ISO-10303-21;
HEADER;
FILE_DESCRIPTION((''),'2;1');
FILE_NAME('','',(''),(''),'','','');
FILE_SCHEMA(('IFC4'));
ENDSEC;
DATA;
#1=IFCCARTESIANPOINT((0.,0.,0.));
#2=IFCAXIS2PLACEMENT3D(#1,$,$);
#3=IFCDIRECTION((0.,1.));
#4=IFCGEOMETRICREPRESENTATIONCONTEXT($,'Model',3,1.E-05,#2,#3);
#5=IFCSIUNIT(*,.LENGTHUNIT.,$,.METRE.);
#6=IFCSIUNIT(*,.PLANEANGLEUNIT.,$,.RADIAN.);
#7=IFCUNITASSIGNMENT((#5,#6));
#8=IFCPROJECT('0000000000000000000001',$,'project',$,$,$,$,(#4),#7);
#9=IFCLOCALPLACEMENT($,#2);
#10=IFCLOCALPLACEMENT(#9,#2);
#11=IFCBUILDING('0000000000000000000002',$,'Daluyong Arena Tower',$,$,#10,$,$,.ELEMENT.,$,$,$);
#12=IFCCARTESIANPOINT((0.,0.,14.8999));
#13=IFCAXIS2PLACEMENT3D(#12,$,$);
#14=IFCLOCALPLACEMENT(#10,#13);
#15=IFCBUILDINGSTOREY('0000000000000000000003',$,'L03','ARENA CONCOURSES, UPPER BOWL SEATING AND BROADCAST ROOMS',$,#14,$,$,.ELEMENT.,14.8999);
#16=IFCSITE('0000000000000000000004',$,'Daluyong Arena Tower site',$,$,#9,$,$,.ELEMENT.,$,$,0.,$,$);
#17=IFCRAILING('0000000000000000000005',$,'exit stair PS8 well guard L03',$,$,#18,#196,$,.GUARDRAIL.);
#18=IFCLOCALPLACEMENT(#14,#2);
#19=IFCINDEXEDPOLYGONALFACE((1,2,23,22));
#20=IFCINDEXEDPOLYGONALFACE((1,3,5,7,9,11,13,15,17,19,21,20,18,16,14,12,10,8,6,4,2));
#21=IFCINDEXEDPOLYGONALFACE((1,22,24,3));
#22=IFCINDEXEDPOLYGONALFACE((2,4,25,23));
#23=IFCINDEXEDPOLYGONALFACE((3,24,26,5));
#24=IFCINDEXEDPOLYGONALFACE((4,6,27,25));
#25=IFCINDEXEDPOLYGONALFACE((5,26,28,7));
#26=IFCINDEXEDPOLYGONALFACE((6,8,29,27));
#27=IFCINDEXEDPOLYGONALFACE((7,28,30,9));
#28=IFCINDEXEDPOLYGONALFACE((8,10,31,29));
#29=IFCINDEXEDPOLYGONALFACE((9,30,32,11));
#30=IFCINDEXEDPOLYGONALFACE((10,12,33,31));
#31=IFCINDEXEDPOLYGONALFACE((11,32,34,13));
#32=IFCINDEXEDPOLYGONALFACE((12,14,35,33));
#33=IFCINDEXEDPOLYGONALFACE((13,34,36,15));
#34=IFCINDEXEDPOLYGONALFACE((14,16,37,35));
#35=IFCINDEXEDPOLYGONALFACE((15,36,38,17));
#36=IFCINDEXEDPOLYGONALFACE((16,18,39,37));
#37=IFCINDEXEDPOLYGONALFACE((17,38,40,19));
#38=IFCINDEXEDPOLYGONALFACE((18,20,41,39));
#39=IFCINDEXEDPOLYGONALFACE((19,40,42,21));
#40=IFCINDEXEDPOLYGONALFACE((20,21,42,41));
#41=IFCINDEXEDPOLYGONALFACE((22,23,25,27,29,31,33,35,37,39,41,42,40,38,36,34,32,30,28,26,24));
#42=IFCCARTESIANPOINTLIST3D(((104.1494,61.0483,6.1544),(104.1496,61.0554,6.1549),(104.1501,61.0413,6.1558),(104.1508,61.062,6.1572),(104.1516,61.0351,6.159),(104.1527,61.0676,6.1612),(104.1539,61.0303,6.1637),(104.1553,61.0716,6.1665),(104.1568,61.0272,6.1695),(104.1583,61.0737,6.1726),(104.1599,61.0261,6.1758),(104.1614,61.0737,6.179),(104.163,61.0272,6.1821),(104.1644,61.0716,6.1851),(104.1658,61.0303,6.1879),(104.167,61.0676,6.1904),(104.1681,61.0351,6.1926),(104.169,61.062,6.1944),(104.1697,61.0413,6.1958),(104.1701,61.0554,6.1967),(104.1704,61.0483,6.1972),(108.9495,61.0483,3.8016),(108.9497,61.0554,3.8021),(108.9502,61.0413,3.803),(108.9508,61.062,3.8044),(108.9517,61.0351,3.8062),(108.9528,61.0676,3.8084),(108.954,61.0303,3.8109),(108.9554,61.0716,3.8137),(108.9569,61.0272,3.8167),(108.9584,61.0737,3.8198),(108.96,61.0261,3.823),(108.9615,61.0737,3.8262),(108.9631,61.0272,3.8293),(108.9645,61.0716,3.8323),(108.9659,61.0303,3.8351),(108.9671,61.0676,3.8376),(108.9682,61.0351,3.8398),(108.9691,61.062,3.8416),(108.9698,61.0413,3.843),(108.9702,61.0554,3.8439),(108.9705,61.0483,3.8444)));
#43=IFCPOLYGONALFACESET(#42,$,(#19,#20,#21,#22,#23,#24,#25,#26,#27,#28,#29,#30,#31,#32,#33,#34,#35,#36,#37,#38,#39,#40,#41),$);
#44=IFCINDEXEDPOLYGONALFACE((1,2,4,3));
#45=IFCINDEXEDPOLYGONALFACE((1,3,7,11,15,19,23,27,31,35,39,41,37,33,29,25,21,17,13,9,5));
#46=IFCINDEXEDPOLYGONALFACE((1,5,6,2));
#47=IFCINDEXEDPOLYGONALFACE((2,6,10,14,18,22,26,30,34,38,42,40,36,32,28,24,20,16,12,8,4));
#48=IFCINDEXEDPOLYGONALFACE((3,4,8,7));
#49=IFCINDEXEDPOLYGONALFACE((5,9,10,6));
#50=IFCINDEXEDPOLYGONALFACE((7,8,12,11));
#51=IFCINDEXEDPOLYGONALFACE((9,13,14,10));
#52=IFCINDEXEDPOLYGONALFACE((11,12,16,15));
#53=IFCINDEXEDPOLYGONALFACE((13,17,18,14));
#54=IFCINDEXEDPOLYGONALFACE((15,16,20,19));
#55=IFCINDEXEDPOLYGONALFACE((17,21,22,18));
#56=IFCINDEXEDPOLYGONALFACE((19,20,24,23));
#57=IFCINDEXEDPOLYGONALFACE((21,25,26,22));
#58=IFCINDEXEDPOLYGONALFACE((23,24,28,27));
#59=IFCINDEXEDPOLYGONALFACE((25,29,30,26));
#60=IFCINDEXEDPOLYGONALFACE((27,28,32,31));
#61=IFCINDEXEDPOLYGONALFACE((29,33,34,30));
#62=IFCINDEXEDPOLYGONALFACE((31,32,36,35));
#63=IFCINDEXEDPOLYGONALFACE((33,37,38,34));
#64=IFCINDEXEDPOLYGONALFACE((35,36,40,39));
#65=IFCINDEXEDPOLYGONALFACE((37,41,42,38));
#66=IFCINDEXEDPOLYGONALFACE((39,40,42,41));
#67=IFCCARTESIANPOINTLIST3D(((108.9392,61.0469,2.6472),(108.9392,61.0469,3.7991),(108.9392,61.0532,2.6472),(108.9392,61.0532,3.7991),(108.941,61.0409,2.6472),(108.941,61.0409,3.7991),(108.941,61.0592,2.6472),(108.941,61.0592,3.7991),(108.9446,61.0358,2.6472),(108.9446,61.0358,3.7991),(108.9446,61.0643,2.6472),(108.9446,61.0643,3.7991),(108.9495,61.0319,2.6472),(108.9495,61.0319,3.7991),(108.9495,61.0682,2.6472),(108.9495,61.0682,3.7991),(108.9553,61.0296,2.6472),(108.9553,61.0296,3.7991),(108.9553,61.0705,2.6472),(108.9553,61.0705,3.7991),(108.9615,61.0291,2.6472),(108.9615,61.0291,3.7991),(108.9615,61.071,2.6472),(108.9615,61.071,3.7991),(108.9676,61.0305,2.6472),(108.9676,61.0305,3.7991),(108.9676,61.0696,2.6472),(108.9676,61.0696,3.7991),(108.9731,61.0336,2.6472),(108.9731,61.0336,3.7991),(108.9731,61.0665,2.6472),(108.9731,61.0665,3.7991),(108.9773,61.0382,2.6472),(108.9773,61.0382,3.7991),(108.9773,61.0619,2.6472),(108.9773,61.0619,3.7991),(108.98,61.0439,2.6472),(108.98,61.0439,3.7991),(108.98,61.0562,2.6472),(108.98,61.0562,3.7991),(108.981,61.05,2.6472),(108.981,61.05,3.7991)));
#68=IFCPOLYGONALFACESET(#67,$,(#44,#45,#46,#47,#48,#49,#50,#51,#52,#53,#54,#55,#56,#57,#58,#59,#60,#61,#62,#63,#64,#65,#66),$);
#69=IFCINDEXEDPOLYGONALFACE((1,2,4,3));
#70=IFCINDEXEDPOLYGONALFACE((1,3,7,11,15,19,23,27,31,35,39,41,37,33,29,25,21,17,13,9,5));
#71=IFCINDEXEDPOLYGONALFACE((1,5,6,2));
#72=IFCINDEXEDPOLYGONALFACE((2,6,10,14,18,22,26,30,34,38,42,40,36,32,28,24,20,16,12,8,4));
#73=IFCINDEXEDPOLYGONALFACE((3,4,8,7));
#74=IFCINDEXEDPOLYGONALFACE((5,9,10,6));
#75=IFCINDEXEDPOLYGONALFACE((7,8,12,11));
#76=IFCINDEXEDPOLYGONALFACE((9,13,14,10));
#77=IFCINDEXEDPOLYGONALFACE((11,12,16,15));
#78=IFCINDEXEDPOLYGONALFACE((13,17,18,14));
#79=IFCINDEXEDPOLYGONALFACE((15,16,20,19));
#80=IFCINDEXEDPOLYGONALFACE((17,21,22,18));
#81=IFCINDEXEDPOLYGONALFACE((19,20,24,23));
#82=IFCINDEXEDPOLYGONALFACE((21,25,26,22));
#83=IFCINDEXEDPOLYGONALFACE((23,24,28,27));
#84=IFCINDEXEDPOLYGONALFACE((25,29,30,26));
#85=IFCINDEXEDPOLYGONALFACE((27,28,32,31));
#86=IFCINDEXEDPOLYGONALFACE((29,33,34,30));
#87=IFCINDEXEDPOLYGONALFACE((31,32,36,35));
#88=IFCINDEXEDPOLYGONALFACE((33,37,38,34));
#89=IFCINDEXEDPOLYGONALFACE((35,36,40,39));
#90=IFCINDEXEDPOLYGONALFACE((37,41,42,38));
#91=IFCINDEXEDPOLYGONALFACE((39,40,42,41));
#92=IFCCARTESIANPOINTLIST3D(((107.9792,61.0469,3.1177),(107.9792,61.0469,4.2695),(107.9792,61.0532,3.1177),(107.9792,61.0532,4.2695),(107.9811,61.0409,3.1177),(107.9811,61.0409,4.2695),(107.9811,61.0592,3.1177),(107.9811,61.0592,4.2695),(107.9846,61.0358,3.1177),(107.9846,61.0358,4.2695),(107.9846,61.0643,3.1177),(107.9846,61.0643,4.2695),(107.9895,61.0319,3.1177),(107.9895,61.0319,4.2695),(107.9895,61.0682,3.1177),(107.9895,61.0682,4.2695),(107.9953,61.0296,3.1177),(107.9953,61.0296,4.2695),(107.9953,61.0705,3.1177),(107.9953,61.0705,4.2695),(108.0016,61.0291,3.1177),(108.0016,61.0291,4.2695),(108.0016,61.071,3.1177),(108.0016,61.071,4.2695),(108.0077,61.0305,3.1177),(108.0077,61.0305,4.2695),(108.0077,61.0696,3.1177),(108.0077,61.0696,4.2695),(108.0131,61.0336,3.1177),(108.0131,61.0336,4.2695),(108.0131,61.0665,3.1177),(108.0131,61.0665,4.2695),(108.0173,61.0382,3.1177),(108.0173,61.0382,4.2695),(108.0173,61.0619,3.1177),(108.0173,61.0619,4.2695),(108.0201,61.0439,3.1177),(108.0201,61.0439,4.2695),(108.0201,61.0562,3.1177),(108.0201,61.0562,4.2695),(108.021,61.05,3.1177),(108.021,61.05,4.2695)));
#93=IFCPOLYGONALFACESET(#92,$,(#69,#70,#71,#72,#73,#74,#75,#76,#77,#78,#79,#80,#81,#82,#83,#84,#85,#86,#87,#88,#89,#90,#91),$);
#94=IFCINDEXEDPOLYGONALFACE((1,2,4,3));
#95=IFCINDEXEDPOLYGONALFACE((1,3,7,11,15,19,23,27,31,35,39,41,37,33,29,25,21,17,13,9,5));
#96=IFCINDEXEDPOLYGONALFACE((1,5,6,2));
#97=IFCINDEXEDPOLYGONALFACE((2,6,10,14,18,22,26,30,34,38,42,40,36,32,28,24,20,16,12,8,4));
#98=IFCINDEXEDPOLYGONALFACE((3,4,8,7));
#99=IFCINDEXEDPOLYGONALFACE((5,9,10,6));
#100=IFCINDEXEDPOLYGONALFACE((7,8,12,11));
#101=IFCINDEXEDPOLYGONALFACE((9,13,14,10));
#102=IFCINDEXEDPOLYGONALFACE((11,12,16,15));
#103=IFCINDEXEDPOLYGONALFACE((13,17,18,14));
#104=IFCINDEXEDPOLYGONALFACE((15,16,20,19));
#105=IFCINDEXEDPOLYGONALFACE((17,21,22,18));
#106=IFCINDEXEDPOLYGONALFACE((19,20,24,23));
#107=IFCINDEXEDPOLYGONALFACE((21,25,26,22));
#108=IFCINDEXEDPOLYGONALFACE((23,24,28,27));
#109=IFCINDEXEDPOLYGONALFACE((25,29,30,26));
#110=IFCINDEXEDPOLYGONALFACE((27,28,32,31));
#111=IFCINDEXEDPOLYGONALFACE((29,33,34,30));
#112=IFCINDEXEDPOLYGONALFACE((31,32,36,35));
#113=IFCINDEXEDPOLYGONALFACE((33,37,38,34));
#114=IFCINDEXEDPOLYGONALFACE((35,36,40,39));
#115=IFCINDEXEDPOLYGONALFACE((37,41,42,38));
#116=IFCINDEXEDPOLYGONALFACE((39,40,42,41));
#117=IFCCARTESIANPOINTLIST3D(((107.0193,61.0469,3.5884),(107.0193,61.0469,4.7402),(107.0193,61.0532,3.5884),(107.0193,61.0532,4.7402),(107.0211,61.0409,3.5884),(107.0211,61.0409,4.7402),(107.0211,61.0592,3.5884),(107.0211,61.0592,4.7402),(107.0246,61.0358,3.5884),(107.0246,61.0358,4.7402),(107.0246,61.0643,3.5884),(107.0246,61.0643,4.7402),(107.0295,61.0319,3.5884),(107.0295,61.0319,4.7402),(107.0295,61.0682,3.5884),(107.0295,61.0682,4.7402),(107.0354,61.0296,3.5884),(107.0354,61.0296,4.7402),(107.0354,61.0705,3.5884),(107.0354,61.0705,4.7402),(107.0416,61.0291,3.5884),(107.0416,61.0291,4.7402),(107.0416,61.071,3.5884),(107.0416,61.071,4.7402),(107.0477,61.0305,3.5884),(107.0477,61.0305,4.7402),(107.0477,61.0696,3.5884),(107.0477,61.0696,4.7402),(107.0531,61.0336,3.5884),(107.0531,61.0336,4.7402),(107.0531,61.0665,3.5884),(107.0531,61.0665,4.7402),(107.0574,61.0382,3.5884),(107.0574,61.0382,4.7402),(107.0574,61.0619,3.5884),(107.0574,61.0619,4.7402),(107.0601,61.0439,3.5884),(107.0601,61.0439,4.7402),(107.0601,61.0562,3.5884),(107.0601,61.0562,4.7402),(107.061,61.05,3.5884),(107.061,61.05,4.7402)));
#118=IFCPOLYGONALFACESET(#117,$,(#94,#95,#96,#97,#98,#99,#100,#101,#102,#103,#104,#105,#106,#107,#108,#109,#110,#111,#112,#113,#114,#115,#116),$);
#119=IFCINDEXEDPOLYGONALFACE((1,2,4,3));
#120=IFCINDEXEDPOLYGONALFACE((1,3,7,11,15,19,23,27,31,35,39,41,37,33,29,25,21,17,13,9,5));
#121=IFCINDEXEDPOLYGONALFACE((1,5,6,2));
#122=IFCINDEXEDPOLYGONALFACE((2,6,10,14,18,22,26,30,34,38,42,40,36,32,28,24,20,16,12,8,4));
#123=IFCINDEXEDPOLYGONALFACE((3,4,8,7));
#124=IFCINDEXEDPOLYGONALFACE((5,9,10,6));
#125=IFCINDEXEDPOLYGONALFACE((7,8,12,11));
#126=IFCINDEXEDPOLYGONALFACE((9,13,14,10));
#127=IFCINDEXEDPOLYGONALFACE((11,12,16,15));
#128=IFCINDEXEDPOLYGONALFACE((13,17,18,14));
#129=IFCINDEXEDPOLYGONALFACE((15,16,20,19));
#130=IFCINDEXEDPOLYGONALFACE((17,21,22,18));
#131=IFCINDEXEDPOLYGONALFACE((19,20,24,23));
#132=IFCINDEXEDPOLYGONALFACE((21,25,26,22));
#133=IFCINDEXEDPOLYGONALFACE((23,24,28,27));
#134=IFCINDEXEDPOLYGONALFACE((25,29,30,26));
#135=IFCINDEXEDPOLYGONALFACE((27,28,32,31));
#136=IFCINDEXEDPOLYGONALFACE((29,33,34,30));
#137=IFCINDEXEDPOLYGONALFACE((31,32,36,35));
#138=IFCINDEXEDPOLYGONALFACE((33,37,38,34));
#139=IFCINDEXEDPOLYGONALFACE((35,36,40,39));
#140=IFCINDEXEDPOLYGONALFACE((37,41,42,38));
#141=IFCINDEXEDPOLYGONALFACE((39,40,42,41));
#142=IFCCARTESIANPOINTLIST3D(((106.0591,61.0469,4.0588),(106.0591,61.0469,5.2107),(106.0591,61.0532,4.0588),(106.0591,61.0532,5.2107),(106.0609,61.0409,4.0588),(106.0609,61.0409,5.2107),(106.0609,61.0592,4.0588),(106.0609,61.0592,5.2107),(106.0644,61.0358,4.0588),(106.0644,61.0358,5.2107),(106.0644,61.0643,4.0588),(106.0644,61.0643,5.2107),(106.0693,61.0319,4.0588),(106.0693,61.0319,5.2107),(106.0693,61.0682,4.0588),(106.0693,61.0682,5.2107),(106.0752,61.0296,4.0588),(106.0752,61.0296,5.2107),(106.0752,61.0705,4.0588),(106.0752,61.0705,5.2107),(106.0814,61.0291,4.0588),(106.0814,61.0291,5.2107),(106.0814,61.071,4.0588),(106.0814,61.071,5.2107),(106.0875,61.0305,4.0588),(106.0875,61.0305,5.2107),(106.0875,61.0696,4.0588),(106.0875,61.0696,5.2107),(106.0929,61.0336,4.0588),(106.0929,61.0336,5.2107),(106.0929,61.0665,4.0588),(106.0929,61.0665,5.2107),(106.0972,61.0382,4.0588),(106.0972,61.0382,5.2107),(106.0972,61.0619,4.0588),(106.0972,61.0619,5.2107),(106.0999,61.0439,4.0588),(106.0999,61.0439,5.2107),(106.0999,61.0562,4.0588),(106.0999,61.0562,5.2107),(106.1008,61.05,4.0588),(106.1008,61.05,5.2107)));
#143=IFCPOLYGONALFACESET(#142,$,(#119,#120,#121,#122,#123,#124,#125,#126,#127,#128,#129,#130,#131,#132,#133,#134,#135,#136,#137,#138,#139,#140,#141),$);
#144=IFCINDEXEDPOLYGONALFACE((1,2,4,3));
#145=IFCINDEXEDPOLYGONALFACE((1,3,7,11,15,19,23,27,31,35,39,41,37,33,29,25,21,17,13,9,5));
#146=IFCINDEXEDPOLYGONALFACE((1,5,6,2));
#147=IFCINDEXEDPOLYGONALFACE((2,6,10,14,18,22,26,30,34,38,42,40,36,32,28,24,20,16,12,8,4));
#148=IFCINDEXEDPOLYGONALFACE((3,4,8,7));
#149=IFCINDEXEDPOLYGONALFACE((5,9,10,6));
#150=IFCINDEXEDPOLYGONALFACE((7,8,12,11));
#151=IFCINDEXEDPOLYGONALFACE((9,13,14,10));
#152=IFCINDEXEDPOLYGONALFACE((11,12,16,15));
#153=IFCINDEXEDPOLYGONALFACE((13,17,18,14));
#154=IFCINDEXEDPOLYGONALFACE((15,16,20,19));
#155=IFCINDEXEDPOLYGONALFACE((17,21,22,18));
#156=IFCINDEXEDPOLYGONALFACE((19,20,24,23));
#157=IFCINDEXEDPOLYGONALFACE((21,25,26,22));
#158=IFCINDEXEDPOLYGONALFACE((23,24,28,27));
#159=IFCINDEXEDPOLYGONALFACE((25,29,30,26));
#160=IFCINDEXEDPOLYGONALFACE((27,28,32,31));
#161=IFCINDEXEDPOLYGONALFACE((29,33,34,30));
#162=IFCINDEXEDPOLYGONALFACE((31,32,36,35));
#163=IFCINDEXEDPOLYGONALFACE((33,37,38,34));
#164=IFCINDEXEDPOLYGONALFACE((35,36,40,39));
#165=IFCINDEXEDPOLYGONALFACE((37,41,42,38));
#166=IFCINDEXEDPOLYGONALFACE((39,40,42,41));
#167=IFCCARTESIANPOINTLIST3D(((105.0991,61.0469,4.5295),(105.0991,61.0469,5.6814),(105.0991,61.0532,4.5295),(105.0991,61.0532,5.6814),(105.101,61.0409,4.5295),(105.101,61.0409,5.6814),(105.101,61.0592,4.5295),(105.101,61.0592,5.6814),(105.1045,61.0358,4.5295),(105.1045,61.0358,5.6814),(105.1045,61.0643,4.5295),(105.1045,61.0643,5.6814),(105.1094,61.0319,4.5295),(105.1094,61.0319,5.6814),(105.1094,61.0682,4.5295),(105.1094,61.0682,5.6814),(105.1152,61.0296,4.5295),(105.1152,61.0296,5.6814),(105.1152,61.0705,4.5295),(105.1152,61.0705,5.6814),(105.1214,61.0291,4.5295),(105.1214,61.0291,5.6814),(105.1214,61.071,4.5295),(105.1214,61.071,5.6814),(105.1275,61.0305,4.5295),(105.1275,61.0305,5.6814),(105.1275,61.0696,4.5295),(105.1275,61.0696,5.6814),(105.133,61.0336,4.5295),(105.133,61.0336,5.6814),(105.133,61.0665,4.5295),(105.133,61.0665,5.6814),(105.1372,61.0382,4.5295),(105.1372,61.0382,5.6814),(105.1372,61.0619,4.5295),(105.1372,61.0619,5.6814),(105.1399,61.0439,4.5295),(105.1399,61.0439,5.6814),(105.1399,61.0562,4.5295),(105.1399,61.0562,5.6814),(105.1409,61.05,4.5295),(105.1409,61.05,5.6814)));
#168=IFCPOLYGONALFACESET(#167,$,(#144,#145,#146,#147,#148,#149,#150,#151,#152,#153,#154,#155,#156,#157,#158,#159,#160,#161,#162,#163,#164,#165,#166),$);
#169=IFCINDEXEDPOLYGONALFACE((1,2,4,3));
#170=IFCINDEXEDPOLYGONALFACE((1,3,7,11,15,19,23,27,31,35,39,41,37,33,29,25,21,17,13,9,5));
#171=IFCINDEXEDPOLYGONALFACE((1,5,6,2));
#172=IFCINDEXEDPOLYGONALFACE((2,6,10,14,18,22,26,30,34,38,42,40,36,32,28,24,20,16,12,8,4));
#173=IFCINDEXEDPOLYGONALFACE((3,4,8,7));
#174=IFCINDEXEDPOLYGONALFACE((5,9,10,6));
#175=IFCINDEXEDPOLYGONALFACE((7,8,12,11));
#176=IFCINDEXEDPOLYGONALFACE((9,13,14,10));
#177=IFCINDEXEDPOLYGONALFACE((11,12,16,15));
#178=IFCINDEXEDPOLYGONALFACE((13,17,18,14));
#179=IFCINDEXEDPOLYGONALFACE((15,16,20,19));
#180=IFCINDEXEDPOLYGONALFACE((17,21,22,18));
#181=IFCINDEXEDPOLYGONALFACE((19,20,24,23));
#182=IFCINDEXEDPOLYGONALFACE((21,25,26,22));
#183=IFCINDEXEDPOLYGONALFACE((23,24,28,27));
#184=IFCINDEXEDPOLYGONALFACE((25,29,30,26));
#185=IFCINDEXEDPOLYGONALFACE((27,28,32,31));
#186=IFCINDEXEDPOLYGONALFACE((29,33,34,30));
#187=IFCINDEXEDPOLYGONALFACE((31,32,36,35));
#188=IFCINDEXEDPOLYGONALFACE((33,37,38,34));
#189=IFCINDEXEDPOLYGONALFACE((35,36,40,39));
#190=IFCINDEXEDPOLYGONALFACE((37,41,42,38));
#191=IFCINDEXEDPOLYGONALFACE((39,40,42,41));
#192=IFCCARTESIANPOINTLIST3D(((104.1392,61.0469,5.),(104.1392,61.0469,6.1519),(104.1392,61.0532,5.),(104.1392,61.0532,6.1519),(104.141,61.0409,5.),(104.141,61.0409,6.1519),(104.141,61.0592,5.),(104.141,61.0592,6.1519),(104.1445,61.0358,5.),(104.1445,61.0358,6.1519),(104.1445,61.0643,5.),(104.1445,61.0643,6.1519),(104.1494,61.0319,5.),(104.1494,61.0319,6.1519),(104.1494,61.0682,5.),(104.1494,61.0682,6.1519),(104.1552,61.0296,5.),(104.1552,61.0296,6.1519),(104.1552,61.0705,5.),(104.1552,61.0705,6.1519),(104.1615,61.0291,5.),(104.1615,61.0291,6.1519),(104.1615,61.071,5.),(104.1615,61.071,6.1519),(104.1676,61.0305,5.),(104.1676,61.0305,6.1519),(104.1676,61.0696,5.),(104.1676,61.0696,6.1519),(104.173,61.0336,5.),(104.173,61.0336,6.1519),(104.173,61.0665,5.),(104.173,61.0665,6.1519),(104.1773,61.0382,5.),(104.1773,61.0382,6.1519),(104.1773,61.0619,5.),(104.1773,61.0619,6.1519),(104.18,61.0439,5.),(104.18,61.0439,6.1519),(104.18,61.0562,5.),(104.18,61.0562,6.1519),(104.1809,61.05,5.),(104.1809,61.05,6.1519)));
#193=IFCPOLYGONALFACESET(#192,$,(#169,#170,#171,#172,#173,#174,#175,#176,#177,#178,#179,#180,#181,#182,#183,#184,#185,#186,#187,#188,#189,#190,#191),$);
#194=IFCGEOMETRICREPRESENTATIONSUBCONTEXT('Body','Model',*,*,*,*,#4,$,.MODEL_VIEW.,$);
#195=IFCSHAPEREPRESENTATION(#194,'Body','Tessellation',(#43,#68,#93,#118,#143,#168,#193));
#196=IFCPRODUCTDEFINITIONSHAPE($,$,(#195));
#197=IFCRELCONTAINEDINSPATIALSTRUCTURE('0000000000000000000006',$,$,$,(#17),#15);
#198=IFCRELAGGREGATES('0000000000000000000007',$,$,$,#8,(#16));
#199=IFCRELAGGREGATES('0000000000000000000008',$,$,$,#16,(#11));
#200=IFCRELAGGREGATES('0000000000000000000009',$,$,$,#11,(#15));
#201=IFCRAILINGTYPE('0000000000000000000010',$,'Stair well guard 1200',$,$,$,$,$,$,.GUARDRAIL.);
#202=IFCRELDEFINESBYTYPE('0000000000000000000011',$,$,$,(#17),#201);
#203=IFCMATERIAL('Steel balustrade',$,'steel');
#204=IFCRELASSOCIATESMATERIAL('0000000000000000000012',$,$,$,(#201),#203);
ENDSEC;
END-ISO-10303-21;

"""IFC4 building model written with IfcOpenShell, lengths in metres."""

from ifc_helpers import new_model, si_unit, direction, frame, origin, origin_2d, place, context, subcontext, project, spatial, circle, extrude, material, type_object, element, save


model = new_model("IFC4")

# Units and contexts
model_context = context("Model", 3, precision=1e-05, world=origin(), true_north=direction((0.0, 1.0)))
body_context = subcontext(model_context, "Body", "Model", "MODEL_VIEW")
ifc_project = project(units=[si_unit("LENGTHUNIT", "METRE"), si_unit("PLANEANGLEUNIT", "RADIAN")], contexts=[model_context])

# Site, building, storey
site_placement = place(None, origin())
site = spatial("IfcSite", under=ifc_project, at=site_placement, Name="Daluyong Arena Tower site", CompositionType="ELEMENT", RefElevation=0.0)
building_placement = place(site_placement, origin())
building = spatial("IfcBuilding", under=site, at=building_placement, Name="Daluyong Arena Tower", CompositionType="ELEMENT")
storey_placement = place(building_placement, frame((0.0, 0.0, 14.8999)))
storey = spatial("IfcBuildingStorey", under=building, at=storey_placement, Name="L03", Description="ARENA CONCOURSES, UPPER BOWL SEATING AND BROADCAST ROOMS", CompositionType="ELEMENT", Elevation=14.8999)

# Railing
ifc_material_1 = material(Name="Steel balustrade", Category="steel")
railing_type_1 = type_object("IfcRailingType", Name="Stair well guard 1200", PredefinedType="GUARDRAIL", material=ifc_material_1)
railing_1_placement = place(storey_placement, frame((108.96, 61.05, 2.6472)))
element("IfcRailing", 1, at=railing_1_placement, inside=storey, type_object=railing_type_1, Name="exit stair PS8 well guard L03", PredefinedType="GUARDRAIL", context=body_context, shape_type="SweptSolid", body=[
    extrude(circle(Radius=0.0239, at=origin_2d()), frame((0.0, 0.0, 1.1758), z_axis=(-0.897934, 0.0, 0.44013), x_axis=(0.0, -1.0, 0.0)), (0.0, 0.0, 1.0), 5.3457),
    extrude(circle(Radius=0.021, at=origin_2d()), origin(), (0.0, 0.0, 1.0), 1.1519),
    extrude(circle(Radius=0.021, at=origin_2d()), frame((-0.96, 0.0, 0.4705)), (0.0, 0.0, 1.0), 1.1519),
    extrude(circle(Radius=0.021, at=origin_2d()), frame((-1.9199, 0.0, 0.9412)), (0.0, 0.0, 1.0), 1.1519),
    extrude(circle(Radius=0.021, at=origin_2d()), frame((-2.8801, 0.0, 1.4116)), (0.0, 0.0, 1.0), 1.1519),
    extrude(circle(Radius=0.021, at=origin_2d()), frame((-3.8401, 0.0, 1.8823)), (0.0, 0.0, 1.0), 1.1519),
    extrude(circle(Radius=0.021, at=origin_2d()), frame((-4.8, 0.0, 2.3528)), (0.0, 0.0, 1.0), 1.1519),
])

save(model, "model.ifc")
